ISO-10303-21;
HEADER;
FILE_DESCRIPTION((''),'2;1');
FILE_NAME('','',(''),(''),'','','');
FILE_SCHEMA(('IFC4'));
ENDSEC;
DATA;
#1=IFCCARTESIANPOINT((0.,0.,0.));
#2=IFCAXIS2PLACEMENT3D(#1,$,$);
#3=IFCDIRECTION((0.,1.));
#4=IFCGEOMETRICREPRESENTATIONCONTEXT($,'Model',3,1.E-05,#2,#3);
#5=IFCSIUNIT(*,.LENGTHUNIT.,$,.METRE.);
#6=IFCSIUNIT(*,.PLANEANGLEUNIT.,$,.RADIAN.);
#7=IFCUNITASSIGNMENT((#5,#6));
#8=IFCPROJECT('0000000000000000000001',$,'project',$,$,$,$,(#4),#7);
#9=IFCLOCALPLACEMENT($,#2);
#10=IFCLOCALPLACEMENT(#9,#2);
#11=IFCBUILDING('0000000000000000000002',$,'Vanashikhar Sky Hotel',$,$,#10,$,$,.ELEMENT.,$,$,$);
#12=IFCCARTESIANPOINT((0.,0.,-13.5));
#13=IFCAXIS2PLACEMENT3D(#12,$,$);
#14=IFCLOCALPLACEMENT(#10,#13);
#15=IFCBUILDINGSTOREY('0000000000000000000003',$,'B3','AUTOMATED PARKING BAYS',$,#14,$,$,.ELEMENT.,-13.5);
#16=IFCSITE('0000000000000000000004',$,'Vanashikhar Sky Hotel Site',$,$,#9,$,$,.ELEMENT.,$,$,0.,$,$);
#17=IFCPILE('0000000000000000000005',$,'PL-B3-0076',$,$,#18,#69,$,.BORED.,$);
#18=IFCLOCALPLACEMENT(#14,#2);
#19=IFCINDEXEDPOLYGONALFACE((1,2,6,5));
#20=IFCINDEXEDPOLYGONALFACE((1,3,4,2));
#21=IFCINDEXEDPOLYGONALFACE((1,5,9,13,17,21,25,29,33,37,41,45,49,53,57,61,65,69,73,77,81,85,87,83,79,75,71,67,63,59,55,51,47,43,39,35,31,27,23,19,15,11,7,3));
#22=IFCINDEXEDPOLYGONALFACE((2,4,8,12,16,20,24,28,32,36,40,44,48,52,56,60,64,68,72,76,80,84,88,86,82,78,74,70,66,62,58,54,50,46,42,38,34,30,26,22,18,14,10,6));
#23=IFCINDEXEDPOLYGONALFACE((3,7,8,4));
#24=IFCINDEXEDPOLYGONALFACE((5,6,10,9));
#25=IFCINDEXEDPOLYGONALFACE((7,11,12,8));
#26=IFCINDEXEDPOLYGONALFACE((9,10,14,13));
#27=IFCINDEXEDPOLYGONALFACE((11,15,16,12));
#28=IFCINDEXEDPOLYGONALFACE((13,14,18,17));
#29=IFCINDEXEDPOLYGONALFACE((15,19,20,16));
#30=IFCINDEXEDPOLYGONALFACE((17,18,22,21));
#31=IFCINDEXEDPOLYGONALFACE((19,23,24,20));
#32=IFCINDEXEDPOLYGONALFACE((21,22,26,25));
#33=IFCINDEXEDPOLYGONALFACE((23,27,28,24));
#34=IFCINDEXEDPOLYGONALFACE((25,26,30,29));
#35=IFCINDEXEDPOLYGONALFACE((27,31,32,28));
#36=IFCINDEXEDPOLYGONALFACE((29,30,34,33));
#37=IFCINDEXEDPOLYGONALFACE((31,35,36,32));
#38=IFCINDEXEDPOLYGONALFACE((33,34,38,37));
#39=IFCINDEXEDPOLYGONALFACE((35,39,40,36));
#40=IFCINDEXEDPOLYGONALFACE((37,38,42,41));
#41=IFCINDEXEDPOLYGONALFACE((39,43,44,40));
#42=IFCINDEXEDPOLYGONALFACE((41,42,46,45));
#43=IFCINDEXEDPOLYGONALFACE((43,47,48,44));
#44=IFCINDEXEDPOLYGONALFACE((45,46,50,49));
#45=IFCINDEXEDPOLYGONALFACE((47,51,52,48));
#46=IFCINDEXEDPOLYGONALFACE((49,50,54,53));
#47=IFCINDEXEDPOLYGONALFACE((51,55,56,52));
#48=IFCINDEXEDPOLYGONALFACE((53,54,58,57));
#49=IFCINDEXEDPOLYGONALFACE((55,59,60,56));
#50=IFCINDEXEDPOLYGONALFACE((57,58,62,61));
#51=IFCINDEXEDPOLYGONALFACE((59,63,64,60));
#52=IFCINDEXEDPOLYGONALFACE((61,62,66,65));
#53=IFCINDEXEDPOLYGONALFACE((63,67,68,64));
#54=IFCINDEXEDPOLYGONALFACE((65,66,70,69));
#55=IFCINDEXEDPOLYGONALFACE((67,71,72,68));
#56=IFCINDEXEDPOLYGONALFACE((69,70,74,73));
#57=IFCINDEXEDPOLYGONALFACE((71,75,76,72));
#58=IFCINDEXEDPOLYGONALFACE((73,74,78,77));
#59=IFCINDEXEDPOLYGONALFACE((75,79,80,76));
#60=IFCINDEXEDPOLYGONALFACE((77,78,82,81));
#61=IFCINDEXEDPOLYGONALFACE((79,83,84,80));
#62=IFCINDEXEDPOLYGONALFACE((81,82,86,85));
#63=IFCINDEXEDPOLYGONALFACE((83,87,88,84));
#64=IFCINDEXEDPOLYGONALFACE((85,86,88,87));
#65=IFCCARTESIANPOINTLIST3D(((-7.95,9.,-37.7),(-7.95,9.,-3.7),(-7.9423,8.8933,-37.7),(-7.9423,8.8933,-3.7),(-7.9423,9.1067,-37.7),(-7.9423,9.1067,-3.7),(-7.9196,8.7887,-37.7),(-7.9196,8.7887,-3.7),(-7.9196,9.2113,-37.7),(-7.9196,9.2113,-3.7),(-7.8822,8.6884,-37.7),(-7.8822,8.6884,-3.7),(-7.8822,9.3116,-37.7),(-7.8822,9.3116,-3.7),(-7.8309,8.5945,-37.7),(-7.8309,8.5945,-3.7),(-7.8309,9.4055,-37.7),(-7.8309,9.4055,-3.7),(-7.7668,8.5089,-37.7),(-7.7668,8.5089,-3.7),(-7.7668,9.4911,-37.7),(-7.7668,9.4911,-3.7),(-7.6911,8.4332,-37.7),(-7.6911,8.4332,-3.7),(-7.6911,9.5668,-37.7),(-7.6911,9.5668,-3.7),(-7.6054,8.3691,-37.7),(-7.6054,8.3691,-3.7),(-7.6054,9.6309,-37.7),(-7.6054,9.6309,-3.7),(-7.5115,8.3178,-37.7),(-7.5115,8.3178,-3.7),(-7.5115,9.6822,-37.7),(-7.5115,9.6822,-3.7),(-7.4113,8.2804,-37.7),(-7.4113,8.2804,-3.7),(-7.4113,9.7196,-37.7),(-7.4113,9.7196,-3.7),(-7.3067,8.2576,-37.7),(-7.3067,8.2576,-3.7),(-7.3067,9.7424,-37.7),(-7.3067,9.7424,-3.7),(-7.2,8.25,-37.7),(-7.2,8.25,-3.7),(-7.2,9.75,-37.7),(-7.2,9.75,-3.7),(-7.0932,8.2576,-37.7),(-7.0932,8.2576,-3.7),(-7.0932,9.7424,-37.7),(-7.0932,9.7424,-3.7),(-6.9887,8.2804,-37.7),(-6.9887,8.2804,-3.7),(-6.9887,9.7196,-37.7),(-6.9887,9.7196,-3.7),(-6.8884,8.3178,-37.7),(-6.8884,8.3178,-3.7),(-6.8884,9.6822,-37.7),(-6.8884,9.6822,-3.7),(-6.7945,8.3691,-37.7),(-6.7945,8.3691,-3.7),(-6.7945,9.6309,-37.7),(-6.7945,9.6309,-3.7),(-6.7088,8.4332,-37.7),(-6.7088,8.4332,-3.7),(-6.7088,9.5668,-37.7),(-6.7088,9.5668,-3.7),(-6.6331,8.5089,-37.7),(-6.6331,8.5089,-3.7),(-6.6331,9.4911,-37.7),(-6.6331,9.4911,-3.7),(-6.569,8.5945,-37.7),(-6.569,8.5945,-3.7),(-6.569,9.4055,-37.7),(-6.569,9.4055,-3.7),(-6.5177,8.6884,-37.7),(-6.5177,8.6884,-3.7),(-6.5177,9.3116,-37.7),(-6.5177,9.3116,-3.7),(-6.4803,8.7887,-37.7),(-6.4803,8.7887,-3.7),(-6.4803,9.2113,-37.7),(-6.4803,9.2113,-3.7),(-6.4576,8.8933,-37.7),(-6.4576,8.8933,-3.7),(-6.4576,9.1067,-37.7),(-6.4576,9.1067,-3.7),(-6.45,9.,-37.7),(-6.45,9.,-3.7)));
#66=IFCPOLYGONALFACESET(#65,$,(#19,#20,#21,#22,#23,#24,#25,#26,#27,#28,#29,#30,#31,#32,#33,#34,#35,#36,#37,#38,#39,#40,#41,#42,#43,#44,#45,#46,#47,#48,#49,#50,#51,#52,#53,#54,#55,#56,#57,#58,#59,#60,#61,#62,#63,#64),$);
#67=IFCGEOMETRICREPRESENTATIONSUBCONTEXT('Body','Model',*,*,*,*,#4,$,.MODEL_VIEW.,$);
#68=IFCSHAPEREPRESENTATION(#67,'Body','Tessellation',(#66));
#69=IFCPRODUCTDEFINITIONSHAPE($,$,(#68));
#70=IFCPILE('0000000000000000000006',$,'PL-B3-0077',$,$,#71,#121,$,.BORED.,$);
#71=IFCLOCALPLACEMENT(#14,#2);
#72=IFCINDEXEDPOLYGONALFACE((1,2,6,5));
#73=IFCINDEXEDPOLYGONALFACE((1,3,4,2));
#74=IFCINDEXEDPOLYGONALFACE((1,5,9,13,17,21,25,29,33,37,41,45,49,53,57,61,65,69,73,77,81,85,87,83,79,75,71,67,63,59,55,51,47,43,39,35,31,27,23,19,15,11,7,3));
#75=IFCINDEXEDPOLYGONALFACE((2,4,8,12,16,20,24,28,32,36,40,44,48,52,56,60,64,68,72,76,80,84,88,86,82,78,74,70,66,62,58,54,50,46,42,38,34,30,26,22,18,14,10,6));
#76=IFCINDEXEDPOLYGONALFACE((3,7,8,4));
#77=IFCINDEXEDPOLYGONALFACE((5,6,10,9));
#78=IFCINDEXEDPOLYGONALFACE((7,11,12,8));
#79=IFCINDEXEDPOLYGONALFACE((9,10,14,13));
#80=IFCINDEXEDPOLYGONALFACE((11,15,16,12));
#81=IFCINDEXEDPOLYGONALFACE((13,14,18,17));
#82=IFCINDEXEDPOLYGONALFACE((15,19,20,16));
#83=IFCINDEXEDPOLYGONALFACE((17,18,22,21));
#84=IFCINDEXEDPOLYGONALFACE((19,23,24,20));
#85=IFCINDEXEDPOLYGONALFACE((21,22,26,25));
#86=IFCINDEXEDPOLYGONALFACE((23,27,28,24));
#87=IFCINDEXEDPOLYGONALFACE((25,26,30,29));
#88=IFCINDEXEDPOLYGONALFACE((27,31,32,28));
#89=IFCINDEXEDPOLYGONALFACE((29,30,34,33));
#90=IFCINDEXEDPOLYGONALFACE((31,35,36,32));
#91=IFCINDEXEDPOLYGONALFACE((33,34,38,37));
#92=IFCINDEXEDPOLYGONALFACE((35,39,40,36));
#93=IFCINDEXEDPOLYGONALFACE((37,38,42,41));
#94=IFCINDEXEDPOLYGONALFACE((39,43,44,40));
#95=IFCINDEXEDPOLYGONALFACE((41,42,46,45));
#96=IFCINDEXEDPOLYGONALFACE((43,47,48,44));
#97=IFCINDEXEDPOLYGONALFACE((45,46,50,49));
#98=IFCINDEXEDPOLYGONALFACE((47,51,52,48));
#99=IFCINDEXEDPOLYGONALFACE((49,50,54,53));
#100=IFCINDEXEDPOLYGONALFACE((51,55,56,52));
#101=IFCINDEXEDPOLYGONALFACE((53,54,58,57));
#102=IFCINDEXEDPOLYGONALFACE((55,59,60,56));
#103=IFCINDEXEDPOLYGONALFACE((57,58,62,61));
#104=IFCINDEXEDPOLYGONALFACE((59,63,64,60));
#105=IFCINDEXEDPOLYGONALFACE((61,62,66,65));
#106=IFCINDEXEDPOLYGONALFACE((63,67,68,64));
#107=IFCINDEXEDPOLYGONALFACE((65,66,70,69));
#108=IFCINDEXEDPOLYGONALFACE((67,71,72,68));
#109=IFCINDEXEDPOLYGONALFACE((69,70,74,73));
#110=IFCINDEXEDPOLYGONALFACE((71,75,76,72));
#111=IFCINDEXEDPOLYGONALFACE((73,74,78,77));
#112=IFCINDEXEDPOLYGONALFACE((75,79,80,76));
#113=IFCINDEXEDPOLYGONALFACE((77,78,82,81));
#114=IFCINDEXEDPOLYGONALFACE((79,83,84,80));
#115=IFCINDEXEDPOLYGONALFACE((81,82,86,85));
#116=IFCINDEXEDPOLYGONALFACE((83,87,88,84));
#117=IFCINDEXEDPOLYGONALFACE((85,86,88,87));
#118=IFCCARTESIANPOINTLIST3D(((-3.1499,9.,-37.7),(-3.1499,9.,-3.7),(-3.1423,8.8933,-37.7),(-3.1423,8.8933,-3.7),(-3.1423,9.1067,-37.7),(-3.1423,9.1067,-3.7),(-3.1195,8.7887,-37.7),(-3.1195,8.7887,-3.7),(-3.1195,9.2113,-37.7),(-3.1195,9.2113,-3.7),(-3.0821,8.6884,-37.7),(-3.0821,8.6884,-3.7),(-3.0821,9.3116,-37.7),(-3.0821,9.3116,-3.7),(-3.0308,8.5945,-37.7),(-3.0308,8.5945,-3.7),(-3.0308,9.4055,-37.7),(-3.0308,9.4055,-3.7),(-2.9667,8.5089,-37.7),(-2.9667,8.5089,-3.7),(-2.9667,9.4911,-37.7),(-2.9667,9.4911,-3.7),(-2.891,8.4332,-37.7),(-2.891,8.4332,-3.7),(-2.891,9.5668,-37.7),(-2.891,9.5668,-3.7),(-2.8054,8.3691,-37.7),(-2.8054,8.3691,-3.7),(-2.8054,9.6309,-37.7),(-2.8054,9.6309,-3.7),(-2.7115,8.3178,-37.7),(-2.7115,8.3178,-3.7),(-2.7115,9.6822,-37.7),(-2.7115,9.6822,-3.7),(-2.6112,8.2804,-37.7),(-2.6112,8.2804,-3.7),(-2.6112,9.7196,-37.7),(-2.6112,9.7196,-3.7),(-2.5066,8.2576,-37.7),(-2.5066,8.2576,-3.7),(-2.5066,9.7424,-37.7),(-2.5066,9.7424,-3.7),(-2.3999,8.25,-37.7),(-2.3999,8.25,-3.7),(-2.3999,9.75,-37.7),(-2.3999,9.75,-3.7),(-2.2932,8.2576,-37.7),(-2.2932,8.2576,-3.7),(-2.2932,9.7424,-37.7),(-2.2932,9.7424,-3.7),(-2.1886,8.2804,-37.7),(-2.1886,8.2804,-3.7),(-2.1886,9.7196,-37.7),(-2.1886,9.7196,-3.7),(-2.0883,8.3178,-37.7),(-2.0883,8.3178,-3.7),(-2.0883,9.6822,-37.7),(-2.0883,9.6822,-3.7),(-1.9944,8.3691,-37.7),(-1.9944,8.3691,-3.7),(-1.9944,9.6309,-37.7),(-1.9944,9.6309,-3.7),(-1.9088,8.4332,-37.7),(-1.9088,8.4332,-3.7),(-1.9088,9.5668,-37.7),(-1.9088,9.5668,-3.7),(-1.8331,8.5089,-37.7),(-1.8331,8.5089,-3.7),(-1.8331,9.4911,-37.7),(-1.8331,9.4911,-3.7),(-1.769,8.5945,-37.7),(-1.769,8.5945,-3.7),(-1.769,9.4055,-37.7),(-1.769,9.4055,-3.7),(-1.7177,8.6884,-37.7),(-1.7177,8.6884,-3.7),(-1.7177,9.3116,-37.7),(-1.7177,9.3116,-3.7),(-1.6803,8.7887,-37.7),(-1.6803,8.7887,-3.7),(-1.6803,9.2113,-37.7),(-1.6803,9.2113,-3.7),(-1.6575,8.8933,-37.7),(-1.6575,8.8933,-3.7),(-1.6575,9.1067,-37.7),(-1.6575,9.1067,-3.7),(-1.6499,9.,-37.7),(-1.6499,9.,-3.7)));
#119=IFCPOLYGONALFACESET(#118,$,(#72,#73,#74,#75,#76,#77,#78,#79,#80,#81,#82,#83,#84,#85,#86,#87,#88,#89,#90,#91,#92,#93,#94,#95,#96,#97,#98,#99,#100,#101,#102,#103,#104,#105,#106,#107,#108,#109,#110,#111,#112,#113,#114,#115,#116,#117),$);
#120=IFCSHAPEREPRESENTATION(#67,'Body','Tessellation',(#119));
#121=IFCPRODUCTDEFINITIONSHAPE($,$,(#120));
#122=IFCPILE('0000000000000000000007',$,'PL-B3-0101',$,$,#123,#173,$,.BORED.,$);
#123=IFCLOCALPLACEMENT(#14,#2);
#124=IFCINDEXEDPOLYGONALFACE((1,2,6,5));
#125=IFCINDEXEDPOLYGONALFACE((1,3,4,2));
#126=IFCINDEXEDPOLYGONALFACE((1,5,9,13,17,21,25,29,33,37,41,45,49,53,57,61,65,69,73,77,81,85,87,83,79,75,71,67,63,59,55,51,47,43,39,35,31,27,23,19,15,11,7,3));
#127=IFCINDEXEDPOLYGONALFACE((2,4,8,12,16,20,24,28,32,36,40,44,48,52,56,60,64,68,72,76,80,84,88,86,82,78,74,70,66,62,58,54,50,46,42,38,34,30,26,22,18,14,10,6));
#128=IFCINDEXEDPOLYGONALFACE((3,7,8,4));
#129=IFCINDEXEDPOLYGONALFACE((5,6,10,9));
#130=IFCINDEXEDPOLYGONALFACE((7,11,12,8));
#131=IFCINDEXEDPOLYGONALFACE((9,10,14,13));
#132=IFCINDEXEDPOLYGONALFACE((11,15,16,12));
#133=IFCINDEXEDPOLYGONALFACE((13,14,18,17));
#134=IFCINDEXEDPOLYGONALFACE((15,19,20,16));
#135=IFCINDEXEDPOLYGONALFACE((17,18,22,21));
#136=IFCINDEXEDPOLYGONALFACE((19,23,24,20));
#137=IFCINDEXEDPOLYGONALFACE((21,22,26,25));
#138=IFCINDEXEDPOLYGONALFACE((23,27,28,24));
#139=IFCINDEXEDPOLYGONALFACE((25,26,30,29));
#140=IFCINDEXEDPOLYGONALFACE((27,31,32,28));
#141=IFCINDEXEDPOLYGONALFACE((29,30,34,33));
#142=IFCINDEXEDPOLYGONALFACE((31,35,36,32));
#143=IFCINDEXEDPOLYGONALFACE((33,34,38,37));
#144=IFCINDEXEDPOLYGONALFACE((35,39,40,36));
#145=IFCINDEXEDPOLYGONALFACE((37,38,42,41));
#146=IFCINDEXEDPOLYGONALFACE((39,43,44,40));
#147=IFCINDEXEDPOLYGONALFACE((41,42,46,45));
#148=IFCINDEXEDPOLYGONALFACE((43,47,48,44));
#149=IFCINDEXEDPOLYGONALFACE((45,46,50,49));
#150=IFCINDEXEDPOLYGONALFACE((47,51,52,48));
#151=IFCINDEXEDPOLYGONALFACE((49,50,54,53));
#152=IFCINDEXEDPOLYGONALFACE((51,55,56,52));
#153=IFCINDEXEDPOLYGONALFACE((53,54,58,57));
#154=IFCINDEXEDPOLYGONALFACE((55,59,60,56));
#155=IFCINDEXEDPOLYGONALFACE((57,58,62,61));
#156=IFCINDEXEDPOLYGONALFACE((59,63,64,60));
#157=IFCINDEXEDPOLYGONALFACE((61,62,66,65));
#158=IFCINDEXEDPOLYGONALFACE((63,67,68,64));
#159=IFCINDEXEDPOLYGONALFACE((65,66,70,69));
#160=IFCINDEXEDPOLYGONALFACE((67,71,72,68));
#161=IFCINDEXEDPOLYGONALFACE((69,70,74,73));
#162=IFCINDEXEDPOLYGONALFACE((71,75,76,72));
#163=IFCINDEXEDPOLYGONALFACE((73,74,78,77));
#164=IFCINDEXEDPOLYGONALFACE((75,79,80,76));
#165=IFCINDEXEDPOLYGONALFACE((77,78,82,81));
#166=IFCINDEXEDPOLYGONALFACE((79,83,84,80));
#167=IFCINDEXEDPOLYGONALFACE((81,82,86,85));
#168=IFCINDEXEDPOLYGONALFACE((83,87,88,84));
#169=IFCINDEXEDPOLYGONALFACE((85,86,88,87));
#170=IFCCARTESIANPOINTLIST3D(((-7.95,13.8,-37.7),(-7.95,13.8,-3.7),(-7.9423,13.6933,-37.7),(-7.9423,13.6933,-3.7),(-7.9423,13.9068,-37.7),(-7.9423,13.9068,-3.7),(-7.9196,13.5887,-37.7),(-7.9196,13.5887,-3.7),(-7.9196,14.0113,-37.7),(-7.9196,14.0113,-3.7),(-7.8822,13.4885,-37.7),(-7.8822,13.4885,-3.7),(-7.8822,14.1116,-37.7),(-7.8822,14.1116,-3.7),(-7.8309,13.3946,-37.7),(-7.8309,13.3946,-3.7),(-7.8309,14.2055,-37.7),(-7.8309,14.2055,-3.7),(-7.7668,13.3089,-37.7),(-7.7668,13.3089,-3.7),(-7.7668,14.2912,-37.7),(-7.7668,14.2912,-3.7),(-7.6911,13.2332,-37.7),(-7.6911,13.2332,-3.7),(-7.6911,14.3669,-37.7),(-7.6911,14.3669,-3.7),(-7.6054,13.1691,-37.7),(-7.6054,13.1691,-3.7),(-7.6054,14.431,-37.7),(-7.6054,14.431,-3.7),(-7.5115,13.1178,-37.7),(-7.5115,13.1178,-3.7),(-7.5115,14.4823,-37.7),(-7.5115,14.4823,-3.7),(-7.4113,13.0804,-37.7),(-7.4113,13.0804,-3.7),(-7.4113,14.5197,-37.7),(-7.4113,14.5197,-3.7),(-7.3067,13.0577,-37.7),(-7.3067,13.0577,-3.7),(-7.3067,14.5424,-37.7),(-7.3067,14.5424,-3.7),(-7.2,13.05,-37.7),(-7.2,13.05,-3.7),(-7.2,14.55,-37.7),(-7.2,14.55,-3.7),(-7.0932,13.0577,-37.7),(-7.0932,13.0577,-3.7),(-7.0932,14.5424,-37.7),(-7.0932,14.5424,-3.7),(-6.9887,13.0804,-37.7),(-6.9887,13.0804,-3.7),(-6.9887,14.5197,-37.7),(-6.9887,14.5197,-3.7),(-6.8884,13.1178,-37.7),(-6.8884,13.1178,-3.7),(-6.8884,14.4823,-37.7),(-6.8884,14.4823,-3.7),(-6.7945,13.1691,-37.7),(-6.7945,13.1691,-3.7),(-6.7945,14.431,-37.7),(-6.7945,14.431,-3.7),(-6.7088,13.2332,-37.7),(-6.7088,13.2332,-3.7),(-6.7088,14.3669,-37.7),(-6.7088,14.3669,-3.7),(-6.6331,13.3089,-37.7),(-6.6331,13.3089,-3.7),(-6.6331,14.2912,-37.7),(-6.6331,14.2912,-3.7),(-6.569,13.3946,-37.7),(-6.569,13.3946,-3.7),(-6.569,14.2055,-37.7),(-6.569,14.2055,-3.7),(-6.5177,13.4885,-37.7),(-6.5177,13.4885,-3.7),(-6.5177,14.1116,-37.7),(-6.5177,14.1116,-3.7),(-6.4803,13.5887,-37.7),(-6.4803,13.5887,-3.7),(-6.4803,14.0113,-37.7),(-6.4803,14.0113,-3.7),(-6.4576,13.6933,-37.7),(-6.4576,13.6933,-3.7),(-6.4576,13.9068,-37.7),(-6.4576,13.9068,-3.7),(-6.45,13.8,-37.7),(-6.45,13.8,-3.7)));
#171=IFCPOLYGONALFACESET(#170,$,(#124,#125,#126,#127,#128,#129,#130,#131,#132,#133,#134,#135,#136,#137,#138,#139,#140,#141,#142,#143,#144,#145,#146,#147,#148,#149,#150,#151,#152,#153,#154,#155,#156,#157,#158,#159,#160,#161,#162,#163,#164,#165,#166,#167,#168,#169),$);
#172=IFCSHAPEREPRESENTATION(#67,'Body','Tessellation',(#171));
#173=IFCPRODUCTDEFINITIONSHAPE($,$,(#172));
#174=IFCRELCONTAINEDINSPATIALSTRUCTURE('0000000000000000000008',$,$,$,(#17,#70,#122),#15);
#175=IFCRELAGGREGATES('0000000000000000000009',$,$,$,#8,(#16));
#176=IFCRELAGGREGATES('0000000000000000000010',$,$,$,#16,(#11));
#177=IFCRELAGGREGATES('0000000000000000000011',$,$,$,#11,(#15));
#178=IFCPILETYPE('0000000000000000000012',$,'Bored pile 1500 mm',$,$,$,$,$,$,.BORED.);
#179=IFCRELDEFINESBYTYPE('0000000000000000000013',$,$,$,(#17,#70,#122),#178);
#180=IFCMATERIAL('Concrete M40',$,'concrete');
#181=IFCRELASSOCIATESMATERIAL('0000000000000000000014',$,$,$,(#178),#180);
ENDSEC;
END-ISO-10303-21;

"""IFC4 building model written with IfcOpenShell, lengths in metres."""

from ifc_helpers import new_model, si_unit, direction, frame, origin, origin_2d, place, context, subcontext, project, spatial, circle, extrude, source, transform, mapped, material, type_object, element, save


model = new_model("IFC4")

# Units and contexts
model_context = context("Model", 3, precision=1e-05, world=origin(), true_north=direction((0.0, 1.0)))
body_context = subcontext(model_context, "Body", "Model", "MODEL_VIEW")
ifc_project = project(units=[si_unit("LENGTHUNIT", "METRE"), si_unit("PLANEANGLEUNIT", "RADIAN")], contexts=[model_context])

# Site, building, storey
site_placement = place(None, origin())
site = spatial("IfcSite", under=ifc_project, at=site_placement, Name="Vanashikhar Sky Hotel Site", CompositionType="ELEMENT", RefElevation=0.0)
building_placement = place(site_placement, origin())
building = spatial("IfcBuilding", under=site, at=building_placement, Name="Vanashikhar Sky Hotel", CompositionType="ELEMENT")
storey_placement = place(building_placement, frame((0.0, 0.0, -13.5)))
storey = spatial("IfcBuildingStorey", under=building, at=storey_placement, Name="B3", Description="AUTOMATED PARKING BAYS", CompositionType="ELEMENT", Elevation=-13.5)

# Shared definitions
ifc_material_1 = material(Name="Concrete M40", Category="concrete")

# Piles
pile_type_1 = type_object("IfcPileType", Name="Bored pile 1500 mm", PredefinedType="BORED", material=ifc_material_1)
shared_shape_1 = source(origin(), body_context, "Body", "SweptSolid", [
    extrude(circle(Radius=0.75, at=origin_2d()), origin(), (0.0, 0.0, 1.0), 34.0),
])
for number, where, z_axis, x_axis, name in (
    (1, (-7.2, 9.0, -3.7), (0.0, 0.0, -1.0), (1.0, 0.0, 0.0), "PL-B3-0076"),
    (2, (-2.3999, 9.0, -3.7), (0.0, 0.0, -1.0), (1.0, 0.0, 0.0), "PL-B3-0077"),
    (3, (-7.2, 13.8, -3.7), (0.0, 0.0, -1.0), (1.0, 0.0, 0.0), "PL-B3-0101"),
):
    element("IfcPile", number, at=place(storey_placement, frame(where, z_axis=z_axis, x_axis=x_axis)), inside=storey, type_object=pile_type_1, Name=name, PredefinedType="BORED", context=body_context, shape_type="MappedRepresentation", body=[
        mapped(shared_shape_1, transform((0.0, 0.0, 0.0), scale=1.0)),
    ])

save(model, "model.ifc")
